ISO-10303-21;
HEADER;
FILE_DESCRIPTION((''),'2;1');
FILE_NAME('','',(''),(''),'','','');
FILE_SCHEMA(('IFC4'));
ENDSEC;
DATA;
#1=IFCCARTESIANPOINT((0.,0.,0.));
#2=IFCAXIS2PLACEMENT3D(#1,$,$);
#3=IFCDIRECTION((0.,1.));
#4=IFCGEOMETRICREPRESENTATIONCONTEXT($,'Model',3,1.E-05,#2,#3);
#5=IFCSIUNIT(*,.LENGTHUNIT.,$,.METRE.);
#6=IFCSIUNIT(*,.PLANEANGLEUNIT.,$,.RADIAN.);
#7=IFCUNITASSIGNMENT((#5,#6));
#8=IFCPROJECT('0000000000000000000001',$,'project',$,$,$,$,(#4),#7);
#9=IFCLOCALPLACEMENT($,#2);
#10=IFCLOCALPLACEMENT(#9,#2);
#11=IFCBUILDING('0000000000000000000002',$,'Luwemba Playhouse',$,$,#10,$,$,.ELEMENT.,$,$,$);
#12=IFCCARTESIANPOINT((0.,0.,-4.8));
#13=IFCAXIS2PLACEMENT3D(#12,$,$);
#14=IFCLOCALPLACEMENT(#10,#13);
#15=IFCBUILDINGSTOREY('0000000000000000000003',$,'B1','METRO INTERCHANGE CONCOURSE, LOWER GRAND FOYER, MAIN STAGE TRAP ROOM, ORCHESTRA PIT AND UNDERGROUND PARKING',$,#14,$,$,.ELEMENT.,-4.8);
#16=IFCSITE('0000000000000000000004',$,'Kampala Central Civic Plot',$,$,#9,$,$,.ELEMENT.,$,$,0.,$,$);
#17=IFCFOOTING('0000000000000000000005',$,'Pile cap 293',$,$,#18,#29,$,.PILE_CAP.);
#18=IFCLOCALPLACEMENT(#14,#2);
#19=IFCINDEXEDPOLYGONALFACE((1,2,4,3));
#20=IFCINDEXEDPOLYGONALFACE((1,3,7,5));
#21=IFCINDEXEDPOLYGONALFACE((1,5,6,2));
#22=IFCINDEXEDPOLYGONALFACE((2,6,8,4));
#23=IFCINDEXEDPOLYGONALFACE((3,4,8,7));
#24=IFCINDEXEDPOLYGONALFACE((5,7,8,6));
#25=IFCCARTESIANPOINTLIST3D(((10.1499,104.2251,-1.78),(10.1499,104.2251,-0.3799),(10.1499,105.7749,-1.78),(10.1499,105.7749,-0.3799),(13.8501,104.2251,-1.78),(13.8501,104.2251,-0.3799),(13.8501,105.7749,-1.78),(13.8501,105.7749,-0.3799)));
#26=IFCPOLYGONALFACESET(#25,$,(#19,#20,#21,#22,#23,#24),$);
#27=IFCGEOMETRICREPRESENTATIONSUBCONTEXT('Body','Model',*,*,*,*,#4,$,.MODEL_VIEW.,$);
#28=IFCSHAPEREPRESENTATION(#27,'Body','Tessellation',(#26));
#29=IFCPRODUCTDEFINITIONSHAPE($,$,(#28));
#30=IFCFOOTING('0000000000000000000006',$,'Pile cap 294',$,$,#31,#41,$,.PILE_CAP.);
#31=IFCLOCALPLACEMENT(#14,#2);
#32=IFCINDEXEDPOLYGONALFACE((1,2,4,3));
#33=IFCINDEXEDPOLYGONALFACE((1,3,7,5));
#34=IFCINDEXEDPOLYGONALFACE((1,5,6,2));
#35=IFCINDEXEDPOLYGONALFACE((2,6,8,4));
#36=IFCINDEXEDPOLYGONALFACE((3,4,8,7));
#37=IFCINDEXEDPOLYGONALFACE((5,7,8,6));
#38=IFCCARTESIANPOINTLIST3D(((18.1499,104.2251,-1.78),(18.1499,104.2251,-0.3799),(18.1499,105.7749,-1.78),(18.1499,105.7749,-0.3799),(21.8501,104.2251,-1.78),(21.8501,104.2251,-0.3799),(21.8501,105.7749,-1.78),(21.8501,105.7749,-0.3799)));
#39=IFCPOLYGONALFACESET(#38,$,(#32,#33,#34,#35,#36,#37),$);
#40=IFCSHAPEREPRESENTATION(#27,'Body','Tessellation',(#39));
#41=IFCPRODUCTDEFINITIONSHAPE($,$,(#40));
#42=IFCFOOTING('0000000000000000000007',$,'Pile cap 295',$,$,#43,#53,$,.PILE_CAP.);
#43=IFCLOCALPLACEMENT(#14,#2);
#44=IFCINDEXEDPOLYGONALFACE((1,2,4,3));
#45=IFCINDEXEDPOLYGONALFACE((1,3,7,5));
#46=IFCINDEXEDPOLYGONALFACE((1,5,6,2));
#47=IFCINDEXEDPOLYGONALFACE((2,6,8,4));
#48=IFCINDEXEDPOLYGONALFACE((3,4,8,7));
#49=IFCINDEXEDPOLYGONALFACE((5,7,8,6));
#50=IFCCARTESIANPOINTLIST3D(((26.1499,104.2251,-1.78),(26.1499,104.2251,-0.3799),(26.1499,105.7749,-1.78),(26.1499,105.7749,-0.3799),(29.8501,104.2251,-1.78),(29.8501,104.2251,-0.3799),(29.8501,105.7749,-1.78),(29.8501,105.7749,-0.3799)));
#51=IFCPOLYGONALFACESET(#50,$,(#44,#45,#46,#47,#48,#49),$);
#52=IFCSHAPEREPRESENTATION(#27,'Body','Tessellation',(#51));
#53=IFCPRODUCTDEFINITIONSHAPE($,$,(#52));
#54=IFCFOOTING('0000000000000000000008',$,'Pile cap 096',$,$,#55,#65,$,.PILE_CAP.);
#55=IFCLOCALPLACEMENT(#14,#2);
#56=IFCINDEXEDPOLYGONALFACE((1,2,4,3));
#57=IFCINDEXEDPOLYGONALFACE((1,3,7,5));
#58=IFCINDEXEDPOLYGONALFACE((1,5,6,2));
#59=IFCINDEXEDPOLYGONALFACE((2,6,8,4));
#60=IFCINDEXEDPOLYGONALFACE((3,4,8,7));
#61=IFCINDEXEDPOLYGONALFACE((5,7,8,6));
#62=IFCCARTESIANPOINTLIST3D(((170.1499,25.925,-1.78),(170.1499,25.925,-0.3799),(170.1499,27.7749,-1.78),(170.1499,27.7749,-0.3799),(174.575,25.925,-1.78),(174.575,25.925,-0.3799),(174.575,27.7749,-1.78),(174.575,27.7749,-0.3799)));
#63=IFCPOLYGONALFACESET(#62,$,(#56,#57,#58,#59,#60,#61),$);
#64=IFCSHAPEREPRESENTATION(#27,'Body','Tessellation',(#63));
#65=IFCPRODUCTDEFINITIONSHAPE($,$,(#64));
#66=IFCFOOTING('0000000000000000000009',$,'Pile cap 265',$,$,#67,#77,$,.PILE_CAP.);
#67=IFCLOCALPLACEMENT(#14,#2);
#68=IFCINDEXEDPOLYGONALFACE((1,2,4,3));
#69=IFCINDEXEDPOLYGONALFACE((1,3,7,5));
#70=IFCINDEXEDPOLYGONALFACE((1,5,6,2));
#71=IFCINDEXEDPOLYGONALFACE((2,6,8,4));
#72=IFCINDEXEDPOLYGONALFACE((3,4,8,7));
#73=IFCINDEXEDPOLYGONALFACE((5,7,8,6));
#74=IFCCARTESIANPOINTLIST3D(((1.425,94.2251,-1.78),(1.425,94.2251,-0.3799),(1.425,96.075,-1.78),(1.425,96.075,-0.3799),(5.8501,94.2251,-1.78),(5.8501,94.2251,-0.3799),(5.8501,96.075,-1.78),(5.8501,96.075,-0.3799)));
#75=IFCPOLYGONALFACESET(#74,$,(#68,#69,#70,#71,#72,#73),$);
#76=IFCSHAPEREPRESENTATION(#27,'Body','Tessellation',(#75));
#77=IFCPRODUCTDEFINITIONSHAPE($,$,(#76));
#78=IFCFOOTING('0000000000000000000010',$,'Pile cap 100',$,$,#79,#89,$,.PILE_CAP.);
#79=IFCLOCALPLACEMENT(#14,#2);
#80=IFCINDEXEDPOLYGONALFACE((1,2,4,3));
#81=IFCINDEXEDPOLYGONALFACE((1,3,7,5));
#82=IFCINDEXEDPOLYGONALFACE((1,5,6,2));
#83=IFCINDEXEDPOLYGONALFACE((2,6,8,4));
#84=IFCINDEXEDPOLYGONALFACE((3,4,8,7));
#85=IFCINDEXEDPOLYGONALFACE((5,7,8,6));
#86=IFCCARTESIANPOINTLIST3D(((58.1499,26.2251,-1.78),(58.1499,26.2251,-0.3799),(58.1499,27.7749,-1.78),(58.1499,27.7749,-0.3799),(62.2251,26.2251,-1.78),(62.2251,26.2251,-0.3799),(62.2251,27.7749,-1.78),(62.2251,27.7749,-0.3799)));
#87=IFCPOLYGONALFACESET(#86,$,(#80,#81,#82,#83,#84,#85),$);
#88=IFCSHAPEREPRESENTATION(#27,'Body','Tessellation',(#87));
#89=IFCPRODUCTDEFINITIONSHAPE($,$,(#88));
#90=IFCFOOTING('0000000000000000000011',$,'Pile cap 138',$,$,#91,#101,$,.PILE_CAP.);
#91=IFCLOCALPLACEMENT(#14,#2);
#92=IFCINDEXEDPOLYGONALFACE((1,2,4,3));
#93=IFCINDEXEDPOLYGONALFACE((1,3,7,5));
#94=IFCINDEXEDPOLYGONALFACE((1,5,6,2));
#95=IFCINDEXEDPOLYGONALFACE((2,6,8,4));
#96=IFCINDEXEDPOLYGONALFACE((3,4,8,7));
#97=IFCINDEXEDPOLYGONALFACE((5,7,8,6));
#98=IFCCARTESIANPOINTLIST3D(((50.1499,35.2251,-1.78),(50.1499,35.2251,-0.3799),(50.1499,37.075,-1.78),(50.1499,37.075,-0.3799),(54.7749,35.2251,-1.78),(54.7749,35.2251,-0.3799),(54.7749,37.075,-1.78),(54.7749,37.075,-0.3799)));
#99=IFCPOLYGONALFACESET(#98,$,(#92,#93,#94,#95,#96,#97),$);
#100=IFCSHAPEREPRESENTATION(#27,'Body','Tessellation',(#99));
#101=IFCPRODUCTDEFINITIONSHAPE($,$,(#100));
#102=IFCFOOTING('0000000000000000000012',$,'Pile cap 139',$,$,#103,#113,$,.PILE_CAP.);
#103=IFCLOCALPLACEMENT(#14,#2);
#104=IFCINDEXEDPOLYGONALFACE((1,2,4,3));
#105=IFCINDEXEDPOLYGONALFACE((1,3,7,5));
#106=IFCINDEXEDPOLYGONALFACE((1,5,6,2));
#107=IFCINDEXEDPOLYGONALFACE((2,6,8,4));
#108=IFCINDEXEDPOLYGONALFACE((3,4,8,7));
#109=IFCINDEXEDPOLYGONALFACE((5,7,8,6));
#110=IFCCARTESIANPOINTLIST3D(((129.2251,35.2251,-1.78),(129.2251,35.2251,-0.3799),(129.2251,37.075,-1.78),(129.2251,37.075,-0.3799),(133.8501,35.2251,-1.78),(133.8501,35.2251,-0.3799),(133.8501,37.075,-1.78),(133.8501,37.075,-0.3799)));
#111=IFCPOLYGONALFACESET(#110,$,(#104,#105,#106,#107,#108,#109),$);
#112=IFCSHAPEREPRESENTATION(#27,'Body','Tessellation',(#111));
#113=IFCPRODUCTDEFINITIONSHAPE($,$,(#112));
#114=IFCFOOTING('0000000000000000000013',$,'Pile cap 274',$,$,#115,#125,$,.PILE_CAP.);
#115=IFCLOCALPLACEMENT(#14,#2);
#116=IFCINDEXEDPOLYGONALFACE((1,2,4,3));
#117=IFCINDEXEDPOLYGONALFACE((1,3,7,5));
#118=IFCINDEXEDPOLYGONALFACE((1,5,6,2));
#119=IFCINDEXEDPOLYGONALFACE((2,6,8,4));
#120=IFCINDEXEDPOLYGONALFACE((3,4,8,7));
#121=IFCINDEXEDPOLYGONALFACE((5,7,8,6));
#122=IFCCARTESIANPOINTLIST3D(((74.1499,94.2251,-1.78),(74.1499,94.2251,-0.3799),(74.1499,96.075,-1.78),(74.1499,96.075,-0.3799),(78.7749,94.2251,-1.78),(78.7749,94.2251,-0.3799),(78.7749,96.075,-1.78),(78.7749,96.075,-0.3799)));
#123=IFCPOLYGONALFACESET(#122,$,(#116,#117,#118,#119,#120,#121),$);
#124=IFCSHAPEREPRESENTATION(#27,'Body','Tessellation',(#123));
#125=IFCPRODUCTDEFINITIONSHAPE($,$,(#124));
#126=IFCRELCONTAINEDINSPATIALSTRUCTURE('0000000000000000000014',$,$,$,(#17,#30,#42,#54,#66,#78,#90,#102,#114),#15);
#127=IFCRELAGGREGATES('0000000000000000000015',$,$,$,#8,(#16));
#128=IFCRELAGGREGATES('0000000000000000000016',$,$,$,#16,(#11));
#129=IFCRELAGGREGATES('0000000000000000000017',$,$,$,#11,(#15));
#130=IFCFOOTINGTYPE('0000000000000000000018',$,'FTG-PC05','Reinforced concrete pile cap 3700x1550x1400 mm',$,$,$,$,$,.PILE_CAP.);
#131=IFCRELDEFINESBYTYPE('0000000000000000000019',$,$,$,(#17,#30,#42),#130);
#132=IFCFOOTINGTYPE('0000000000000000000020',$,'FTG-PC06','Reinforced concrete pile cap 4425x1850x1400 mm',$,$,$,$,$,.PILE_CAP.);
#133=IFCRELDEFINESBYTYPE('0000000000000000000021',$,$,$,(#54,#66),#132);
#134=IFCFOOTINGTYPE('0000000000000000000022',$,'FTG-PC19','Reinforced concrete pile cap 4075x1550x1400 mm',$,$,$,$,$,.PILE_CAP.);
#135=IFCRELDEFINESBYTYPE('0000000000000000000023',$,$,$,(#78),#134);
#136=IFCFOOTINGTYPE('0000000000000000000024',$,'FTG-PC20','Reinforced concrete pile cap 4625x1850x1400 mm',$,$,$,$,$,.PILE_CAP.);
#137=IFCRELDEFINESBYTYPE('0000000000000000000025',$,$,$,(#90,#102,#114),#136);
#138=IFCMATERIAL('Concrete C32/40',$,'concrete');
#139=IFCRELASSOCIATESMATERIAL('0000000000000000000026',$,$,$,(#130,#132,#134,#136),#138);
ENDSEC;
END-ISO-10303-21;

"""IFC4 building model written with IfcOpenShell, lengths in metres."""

from ifc_helpers import new_model, si_unit, direction, frame, origin, place, context, subcontext, project, spatial, polyline, outline, extrude, material, type_object, element, save


model = new_model("IFC4")

# Units and contexts
model_context = context("Model", 3, precision=1e-05, world=origin(), true_north=direction((0.0, 1.0)))
body_context = subcontext(model_context, "Body", "Model", "MODEL_VIEW")
ifc_project = project(units=[si_unit("LENGTHUNIT", "METRE"), si_unit("PLANEANGLEUNIT", "RADIAN")], contexts=[model_context])

# Site, building, storey
site_placement = place(None, origin())
site = spatial("IfcSite", under=ifc_project, at=site_placement, Name="Kampala Central Civic Plot", CompositionType="ELEMENT", RefElevation=0.0)
building_placement = place(site_placement, origin())
building = spatial("IfcBuilding", under=site, at=building_placement, Name="Luwemba Playhouse", CompositionType="ELEMENT")
storey_placement = place(building_placement, frame((0.0, 0.0, -4.8)))
storey = spatial("IfcBuildingStorey", under=building, at=storey_placement, Name="B1", Description="METRO INTERCHANGE CONCOURSE, LOWER GRAND FOYER, MAIN STAGE TRAP ROOM, ORCHESTRA PIT AND UNDERGROUND PARKING", CompositionType="ELEMENT", Elevation=-4.8)

# Footings
ifc_material = material(Name="Concrete C32/40", Category="concrete")
footing_type_1 = type_object("IfcFootingType", Name="FTG-PC05", Description="Reinforced concrete pile cap 3700x1550x1400 mm", PredefinedType="PILE_CAP", material=ifc_material)
footing_1_placement = place(storey_placement, frame((0.0, 0.0, -1.78)))
element("IfcFooting", 1, at=footing_1_placement, inside=storey, type_object=footing_type_1, Name="Pile cap 293", PredefinedType="PILE_CAP", context=body_context, shape_type="SweptSolid", body=[
    extrude(outline(polyline([(10.1499, 104.2251), (13.8501, 104.2251), (13.8501, 105.7749), (10.1499, 105.7749), (10.1499, 104.2251)])), origin(), (0.0, 0.0, 1.0), 1.4001),
])
footing_2_placement = place(storey_placement, frame((0.0, 0.0, -1.78)))
element("IfcFooting", 2, at=footing_2_placement, inside=storey, type_object=footing_type_1, Name="Pile cap 294", PredefinedType="PILE_CAP", context=body_context, shape_type="SweptSolid", body=[
    extrude(outline(polyline([(18.1499, 104.2251), (21.8501, 104.2251), (21.8501, 105.7749), (18.1499, 105.7749), (18.1499, 104.2251)])), origin(), (0.0, 0.0, 1.0), 1.4001),
])
footing_3_placement = place(storey_placement, frame((0.0, 0.0, -1.78)))
element("IfcFooting", 3, at=footing_3_placement, inside=storey, type_object=footing_type_1, Name="Pile cap 295", PredefinedType="PILE_CAP", context=body_context, shape_type="SweptSolid", body=[
    extrude(outline(polyline([(26.1499, 104.2251), (29.8501, 104.2251), (29.8501, 105.7749), (26.1499, 105.7749), (26.1499, 104.2251)])), origin(), (0.0, 0.0, 1.0), 1.4001),
])
footing_type_2 = type_object("IfcFootingType", Name="FTG-PC06", Description="Reinforced concrete pile cap 4425x1850x1400 mm", PredefinedType="PILE_CAP", material=ifc_material)
footing_4_placement = place(storey_placement, frame((0.0, 0.0, -1.78)))
element("IfcFooting", 4, at=footing_4_placement, inside=storey, type_object=footing_type_2, Name="Pile cap 096", PredefinedType="PILE_CAP", context=body_context, shape_type="SweptSolid", body=[
    extrude(outline(polyline([(170.1499, 25.925), (174.575, 25.925), (174.575, 27.7749), (170.1499, 27.7749), (170.1499, 25.925)])), origin(), (0.0, 0.0, 1.0), 1.4001),
])
footing_5_placement = place(storey_placement, frame((0.0, 0.0, -1.78)))
element("IfcFooting", 5, at=footing_5_placement, inside=storey, type_object=footing_type_2, Name="Pile cap 265", PredefinedType="PILE_CAP", context=body_context, shape_type="SweptSolid", body=[
    extrude(outline(polyline([(1.425, 94.2251), (5.8501, 94.2251), (5.8501, 96.075), (1.425, 96.075), (1.425, 94.2251)])), origin(), (0.0, 0.0, 1.0), 1.4001),
])
footing_type_3 = type_object("IfcFootingType", Name="FTG-PC19", Description="Reinforced concrete pile cap 4075x1550x1400 mm", PredefinedType="PILE_CAP", material=ifc_material)
footing_6_placement = place(storey_placement, frame((0.0, 0.0, -1.78)))
element("IfcFooting", 6, at=footing_6_placement, inside=storey, type_object=footing_type_3, Name="Pile cap 100", PredefinedType="PILE_CAP", context=body_context, shape_type="SweptSolid", body=[
    extrude(outline(polyline([(58.1499, 26.2251), (62.2251, 26.2251), (62.2251, 27.7749), (58.1499, 27.7749), (58.1499, 26.2251)])), origin(), (0.0, 0.0, 1.0), 1.4001),
])
footing_type_4 = type_object("IfcFootingType", Name="FTG-PC20", Description="Reinforced concrete pile cap 4625x1850x1400 mm", PredefinedType="PILE_CAP", material=ifc_material)
footing_7_placement = place(storey_placement, frame((0.0, 0.0, -1.78)))
element("IfcFooting", 7, at=footing_7_placement, inside=storey, type_object=footing_type_4, Name="Pile cap 138", PredefinedType="PILE_CAP", context=body_context, shape_type="SweptSolid", body=[
    extrude(outline(polyline([(50.1499, 35.2251), (54.7749, 35.2251), (54.7749, 37.075), (50.1499, 37.075), (50.1499, 35.2251)])), origin(), (0.0, 0.0, 1.0), 1.4001),
])
footing_8_placement = place(storey_placement, frame((0.0, 0.0, -1.78)))
element("IfcFooting", 8, at=footing_8_placement, inside=storey, type_object=footing_type_4, Name="Pile cap 139", PredefinedType="PILE_CAP", context=body_context, shape_type="SweptSolid", body=[
    extrude(outline(polyline([(129.2251, 35.2251), (133.8501, 35.2251), (133.8501, 37.075), (129.2251, 37.075), (129.2251, 35.2251)])), origin(), (0.0, 0.0, 1.0), 1.4001),
])
footing_9_placement = place(storey_placement, frame((0.0, 0.0, -1.78)))
element("IfcFooting", 9, at=footing_9_placement, inside=storey, type_object=footing_type_4, Name="Pile cap 274", PredefinedType="PILE_CAP", context=body_context, shape_type="SweptSolid", body=[
    extrude(outline(polyline([(74.1499, 94.2251), (78.7749, 94.2251), (78.7749, 96.075), (74.1499, 96.075), (74.1499, 94.2251)])), origin(), (0.0, 0.0, 1.0), 1.4001),
])

save(model, "model.ifc")
